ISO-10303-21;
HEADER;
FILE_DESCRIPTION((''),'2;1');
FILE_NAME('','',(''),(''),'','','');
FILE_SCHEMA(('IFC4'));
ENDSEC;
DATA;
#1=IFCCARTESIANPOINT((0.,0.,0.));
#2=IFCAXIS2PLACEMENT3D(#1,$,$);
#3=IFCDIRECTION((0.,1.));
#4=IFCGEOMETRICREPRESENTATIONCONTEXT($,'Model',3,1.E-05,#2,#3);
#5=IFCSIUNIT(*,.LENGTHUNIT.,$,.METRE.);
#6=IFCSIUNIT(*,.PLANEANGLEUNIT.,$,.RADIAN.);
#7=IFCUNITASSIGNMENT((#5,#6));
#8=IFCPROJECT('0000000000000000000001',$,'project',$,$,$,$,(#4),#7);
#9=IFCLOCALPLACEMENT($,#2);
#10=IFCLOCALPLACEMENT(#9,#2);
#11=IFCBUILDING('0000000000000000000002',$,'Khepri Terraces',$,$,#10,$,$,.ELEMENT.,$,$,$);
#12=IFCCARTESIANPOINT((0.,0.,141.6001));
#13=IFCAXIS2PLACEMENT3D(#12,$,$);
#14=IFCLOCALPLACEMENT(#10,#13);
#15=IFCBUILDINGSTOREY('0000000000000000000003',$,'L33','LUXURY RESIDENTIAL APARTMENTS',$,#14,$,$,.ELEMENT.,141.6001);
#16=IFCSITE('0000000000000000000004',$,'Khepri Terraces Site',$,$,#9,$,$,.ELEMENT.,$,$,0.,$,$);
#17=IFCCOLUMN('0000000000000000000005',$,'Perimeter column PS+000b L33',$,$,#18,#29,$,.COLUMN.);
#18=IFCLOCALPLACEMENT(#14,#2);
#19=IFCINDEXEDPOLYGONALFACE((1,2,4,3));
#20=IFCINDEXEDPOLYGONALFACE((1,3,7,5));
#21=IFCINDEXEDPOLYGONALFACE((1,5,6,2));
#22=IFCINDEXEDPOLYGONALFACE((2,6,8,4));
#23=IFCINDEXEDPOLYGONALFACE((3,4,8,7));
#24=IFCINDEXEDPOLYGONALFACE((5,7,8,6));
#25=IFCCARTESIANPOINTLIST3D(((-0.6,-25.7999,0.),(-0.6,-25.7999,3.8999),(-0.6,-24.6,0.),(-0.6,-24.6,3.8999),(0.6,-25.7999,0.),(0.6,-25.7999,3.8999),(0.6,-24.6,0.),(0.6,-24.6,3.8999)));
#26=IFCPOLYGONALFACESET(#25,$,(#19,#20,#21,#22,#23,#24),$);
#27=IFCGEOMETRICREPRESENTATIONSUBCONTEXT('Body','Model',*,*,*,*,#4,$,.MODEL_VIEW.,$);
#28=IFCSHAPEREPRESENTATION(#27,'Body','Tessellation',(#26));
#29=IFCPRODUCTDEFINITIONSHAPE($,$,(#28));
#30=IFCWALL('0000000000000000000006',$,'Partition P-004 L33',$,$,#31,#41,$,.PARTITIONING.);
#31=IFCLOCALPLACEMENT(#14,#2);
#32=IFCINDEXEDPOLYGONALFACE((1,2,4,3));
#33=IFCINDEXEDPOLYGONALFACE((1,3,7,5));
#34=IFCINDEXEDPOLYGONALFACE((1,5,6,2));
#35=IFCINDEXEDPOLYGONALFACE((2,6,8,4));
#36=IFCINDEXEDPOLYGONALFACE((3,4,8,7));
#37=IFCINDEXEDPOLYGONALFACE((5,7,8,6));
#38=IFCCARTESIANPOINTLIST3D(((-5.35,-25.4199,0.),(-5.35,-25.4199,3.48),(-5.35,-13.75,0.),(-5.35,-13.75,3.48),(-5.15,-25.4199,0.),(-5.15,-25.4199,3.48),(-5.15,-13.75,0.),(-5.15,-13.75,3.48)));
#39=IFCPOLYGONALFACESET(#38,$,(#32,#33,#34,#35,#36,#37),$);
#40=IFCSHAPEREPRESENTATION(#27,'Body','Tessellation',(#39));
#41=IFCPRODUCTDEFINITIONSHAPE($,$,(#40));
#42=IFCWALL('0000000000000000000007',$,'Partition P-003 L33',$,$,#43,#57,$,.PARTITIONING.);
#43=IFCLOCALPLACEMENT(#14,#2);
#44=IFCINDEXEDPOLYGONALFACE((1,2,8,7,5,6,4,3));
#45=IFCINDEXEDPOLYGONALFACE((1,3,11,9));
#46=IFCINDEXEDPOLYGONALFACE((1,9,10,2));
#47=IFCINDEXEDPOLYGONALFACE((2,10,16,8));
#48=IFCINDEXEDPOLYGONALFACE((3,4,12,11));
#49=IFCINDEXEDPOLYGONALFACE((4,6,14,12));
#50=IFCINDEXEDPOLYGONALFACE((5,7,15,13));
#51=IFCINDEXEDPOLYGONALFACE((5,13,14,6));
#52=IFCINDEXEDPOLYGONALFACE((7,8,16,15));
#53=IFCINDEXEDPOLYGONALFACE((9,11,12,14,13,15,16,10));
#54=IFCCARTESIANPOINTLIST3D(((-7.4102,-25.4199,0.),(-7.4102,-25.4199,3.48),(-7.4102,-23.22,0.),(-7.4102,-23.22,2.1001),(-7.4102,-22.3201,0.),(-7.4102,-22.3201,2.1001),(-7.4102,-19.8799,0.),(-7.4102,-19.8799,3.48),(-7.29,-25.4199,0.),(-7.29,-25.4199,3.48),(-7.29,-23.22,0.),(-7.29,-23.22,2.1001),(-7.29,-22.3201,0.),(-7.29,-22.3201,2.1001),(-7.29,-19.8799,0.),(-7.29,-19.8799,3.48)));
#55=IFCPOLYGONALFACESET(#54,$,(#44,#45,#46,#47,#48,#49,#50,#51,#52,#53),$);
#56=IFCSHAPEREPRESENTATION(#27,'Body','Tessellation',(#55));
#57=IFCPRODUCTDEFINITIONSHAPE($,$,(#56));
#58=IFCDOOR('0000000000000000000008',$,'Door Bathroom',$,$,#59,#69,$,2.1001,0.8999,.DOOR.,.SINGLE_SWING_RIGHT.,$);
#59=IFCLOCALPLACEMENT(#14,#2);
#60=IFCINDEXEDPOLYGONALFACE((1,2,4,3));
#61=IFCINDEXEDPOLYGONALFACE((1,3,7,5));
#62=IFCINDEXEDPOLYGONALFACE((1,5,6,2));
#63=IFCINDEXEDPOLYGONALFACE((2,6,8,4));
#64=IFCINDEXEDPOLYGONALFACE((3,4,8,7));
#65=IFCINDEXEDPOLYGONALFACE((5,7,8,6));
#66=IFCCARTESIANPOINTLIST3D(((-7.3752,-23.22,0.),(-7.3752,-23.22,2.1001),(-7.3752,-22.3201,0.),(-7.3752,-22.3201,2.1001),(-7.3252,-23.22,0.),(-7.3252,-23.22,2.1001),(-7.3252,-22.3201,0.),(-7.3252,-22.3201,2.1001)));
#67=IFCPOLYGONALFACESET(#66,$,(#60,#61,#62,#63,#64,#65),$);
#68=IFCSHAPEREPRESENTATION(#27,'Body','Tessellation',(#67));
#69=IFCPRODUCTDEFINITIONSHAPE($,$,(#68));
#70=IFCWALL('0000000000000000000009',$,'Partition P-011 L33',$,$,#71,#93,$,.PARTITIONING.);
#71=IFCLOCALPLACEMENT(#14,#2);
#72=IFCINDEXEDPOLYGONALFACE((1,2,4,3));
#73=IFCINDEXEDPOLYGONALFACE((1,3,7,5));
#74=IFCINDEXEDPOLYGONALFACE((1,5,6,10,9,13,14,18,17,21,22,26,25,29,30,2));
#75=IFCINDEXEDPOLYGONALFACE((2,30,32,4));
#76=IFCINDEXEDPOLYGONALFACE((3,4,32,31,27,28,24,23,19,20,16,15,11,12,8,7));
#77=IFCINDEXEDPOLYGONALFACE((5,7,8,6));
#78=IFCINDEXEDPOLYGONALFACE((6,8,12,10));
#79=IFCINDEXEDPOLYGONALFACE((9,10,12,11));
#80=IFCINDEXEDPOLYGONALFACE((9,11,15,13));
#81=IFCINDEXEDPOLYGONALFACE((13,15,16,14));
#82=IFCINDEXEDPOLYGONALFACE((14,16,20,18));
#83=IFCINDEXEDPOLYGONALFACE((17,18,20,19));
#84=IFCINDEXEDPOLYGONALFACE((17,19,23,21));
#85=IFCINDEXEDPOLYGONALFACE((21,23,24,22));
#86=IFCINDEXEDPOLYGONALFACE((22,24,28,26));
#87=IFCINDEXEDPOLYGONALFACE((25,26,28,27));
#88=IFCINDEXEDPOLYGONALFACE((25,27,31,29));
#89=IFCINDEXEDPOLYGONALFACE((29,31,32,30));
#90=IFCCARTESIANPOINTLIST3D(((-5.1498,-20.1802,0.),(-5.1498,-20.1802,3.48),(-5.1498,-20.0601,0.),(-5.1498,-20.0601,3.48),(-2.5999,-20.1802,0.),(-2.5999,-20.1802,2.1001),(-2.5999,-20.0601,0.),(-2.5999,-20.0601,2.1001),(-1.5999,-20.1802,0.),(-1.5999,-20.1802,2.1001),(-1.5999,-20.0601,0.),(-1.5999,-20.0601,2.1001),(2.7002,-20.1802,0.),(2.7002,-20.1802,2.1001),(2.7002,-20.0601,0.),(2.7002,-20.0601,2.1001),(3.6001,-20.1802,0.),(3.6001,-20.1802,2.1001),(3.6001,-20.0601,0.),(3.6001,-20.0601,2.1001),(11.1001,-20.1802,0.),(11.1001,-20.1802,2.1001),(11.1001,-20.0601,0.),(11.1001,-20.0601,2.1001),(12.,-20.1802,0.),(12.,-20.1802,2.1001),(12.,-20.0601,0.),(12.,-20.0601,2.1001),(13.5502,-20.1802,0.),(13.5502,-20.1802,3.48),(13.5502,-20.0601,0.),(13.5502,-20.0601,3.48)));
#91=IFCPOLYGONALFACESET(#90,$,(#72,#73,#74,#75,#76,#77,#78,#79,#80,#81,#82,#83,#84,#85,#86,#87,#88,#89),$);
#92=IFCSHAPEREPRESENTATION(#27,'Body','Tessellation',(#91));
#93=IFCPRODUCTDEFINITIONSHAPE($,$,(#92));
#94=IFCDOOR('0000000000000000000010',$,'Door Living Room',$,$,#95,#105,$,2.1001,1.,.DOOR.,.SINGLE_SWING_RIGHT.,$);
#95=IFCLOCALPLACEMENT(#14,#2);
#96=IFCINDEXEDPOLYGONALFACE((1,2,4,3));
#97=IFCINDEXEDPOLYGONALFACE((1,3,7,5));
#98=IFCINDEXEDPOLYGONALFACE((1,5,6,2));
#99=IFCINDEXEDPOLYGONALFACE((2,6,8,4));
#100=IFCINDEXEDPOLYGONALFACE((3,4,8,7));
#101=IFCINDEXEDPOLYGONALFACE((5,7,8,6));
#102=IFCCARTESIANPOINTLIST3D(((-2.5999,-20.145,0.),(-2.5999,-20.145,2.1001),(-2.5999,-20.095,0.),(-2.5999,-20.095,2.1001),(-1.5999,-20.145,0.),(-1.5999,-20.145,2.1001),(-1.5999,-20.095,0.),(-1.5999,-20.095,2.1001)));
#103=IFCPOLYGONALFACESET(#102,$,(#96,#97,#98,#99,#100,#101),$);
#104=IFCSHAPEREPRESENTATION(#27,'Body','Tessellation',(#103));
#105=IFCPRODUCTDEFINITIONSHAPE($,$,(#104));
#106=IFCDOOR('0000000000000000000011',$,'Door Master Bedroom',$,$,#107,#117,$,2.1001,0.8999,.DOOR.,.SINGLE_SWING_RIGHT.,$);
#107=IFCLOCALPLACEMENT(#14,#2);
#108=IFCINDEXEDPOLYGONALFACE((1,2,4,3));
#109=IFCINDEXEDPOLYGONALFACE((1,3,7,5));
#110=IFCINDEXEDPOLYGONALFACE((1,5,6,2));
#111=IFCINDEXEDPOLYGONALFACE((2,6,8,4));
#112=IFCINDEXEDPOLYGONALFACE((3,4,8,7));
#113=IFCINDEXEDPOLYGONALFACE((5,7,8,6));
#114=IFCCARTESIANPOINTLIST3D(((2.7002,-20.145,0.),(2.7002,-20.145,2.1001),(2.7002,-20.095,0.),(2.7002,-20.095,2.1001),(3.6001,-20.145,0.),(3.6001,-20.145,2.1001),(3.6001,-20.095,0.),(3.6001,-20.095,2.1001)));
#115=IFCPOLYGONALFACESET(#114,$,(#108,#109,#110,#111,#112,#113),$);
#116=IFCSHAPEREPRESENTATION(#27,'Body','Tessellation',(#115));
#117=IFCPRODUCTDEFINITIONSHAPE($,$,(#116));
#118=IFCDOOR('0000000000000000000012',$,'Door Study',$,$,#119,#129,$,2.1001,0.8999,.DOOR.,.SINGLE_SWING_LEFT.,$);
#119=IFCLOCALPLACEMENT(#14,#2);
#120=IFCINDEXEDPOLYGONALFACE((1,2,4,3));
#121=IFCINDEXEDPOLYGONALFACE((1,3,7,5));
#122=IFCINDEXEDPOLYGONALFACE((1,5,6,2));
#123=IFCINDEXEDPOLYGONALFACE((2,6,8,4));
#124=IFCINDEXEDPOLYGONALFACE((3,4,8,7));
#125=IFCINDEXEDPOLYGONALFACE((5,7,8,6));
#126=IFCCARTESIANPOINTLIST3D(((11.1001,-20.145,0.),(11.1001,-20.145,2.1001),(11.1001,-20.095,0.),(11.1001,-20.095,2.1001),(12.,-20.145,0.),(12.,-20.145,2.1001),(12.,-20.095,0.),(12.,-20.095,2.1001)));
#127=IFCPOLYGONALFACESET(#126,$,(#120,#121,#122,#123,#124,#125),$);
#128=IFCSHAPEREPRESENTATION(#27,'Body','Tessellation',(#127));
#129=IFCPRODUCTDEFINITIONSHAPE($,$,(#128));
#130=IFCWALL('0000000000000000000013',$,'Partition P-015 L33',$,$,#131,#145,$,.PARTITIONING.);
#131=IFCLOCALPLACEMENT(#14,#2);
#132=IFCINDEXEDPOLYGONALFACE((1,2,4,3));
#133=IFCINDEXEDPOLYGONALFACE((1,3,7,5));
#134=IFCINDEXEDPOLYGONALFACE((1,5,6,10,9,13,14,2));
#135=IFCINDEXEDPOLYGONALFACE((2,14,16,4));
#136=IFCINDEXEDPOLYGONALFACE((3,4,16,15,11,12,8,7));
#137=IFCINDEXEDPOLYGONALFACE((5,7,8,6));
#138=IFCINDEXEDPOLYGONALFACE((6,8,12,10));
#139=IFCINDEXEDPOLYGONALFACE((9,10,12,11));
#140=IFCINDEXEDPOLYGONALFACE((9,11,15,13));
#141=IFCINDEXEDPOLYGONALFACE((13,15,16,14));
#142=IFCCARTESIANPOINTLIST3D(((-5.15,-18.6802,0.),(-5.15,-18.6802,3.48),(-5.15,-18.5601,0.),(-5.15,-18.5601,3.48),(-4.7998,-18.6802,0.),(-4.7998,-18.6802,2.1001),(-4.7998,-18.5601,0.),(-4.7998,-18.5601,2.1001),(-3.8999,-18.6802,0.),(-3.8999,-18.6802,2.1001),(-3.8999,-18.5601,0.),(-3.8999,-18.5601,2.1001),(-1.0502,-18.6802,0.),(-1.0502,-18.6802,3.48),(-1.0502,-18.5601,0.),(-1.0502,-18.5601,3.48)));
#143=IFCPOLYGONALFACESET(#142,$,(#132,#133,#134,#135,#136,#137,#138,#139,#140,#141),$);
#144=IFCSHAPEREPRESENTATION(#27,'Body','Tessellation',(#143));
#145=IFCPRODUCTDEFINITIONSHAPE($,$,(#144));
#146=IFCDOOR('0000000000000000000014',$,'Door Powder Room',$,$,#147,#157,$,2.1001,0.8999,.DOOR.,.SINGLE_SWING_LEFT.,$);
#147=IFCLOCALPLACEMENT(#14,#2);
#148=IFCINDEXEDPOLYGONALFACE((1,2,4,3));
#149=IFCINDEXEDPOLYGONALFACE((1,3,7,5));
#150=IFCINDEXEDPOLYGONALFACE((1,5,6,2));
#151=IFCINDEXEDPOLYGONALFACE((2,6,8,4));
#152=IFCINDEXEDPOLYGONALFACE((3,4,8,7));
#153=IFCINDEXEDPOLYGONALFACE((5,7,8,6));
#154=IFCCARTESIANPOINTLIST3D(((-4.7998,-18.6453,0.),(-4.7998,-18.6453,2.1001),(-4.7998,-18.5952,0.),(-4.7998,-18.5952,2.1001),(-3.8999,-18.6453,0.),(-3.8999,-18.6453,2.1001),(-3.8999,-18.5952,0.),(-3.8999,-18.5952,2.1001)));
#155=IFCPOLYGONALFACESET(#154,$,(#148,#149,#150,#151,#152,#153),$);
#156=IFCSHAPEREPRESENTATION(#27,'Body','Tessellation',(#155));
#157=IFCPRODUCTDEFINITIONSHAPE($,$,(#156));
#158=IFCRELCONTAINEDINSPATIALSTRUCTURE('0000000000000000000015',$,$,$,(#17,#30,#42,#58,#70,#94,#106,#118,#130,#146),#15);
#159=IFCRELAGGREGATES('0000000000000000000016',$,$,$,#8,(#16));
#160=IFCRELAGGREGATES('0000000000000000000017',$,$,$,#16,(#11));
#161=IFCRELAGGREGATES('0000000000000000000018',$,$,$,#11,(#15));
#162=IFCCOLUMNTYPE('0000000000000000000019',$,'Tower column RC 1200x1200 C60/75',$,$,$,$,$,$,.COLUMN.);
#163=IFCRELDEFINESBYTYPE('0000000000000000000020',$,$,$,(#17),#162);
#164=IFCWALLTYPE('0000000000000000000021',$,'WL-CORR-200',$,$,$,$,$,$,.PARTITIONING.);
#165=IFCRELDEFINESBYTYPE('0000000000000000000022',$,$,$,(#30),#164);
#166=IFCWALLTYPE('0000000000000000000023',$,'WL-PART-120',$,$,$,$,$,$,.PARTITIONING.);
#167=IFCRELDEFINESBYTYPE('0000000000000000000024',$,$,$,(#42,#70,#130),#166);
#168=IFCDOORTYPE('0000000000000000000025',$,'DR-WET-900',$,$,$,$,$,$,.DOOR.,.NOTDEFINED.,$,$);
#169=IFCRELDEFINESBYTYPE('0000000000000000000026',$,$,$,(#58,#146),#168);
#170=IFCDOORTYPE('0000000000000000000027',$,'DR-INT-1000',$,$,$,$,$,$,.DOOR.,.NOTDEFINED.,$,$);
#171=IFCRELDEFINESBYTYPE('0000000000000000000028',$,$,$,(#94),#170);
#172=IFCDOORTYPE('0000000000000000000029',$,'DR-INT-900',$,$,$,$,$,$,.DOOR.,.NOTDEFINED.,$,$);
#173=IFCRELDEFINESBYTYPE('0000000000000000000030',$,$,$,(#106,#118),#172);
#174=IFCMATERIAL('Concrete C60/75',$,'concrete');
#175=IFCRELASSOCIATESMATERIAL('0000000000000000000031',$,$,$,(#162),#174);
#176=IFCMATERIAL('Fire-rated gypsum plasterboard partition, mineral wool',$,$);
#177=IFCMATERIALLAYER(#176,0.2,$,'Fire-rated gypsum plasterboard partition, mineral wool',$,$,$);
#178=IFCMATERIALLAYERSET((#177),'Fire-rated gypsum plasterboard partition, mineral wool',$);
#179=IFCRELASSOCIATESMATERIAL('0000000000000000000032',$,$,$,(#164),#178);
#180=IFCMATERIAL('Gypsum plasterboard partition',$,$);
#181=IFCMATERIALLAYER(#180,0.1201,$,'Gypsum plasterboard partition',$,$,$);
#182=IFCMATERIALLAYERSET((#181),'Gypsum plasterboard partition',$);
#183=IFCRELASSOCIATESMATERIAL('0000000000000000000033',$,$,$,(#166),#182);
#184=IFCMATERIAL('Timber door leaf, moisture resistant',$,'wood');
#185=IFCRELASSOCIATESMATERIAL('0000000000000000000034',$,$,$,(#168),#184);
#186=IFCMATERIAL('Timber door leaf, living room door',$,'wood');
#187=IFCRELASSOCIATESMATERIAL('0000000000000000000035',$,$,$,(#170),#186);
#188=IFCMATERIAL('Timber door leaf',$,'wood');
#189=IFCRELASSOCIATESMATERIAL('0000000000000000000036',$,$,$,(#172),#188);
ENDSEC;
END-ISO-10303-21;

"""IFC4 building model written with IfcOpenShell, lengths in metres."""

from ifc_helpers import new_model, si_unit, direction, frame, frame_2d, origin, origin_2d, place, context, subcontext, project, spatial, rectangle, extrude, material, layer, layer_set, material_profile, profile_set, type_object, element, fill, save


model = new_model("IFC4")

# Units and contexts
model_context = context("Model", 3, precision=1e-05, world=origin(), true_north=direction((0.0, 1.0)))
body_context = subcontext(model_context, "Body", "Model", "MODEL_VIEW")
ifc_project = project(units=[si_unit("LENGTHUNIT", "METRE"), si_unit("PLANEANGLEUNIT", "RADIAN")], contexts=[model_context])

# Site, building, storey
site_placement = place(None, origin())
site = spatial("IfcSite", under=ifc_project, at=site_placement, Name="Khepri Terraces Site", CompositionType="ELEMENT", RefElevation=0.0)
building_placement = place(site_placement, origin())
building = spatial("IfcBuilding", under=site, at=building_placement, Name="Khepri Terraces", CompositionType="ELEMENT")
storey_placement = place(building_placement, frame((0.0, 0.0, 141.6001)))
storey = spatial("IfcBuildingStorey", under=building, at=storey_placement, Name="L33", Description="LUXURY RESIDENTIAL APARTMENTS", CompositionType="ELEMENT", Elevation=141.6001)

# Column
ifc_material_1 = material(Name="Concrete C60/75", Category="concrete")
ifc_material_profile = material_profile(ifc_material_1, rectangle(XDim=1.2, YDim=1.2, at=origin_2d()), Name="Concrete C60/75", Category="concrete")
ifc_profile_set = profile_set([ifc_material_profile], Name="Concrete C60/75")
column_type = type_object("IfcColumnType", Name="Tower column RC 1200x1200 C60/75", PredefinedType="COLUMN", material=ifc_profile_set)
column_placement = place(storey_placement, frame((0.0, -25.2, 0.0), z_axis=(0.0, 0.0, 1.0), x_axis=(1.0, 0.0, 0.0)))
element("IfcColumn", 1, at=column_placement, inside=storey, type_object=column_type, Name="Perimeter column PS+000b L33", PredefinedType="COLUMN", context=body_context, shape_type="SweptSolid", body=[
    extrude(rectangle(XDim=1.2, YDim=1.2, at=origin_2d()), origin(), (0.0, 0.0, 1.0), 3.8999),
])

# Wall
ifc_material_2 = material(Name="Fire-rated gypsum plasterboard partition, mineral wool")
ifc_layer_1 = layer(ifc_material_2, 0.2, Name="Fire-rated gypsum plasterboard partition, mineral wool")
ifc_layer_set_1 = layer_set([ifc_layer_1], Name="Fire-rated gypsum plasterboard partition, mineral wool")
wall_type_1 = type_object("IfcWallType", Name="WL-CORR-200", PredefinedType="PARTITIONING", material=ifc_layer_set_1)
wall_1_placement = place(storey_placement, frame((-5.25, -25.4199, 0.0), z_axis=(0.0, 0.0, 1.0), x_axis=(0.0, 1.0, 0.0)))
element("IfcWall", 2, at=wall_1_placement, inside=storey, type_object=wall_type_1, Name="Partition P-004 L33", PredefinedType="PARTITIONING", context=body_context, shape_type="SweptSolid", body=[
    extrude(rectangle(XDim=11.6699, YDim=0.2, at=frame_2d((5.835, 0.0))), origin(), (0.0, 0.0, 1.0), 3.48),
])

# Wall, opening, door
ifc_material_3 = material(Name="Gypsum plasterboard partition")
ifc_layer_2 = layer(ifc_material_3, 0.1201, Name="Gypsum plasterboard partition")
ifc_layer_set_2 = layer_set([ifc_layer_2], Name="Gypsum plasterboard partition")
wall_type_2 = type_object("IfcWallType", Name="WL-PART-120", PredefinedType="PARTITIONING", material=ifc_layer_set_2)
wall_2_placement = place(storey_placement, frame((-7.3501, -25.4199, 0.0), z_axis=(0.0, 0.0, 1.0), x_axis=(0.0, 1.0, 0.0)))
wall_2 = element("IfcWall", 3, at=wall_2_placement, inside=storey, type_object=wall_type_2, Name="Partition P-003 L33", PredefinedType="PARTITIONING", context=body_context, shape_type="SweptSolid", body=[
    extrude(rectangle(XDim=5.54, YDim=0.1201, at=frame_2d((2.77, 0.0))), origin(), (0.0, 0.0, 1.0), 3.48),
])
opening_1_placement = place(wall_2_placement, frame((2.2, 0.0, 0.0)))
opening_1 = element("IfcOpeningElement", 4, at=opening_1_placement, cuts=wall_2, PredefinedType="OPENING", context=body_context, shape_type="SweptSolid", body=[
    extrude(rectangle(XDim=0.8999, YDim=2.1001, at=frame_2d((0.45, 1.05))), frame((0.0, 0.0701, 0.0), z_axis=(0.0, -1.0, 0.0), x_axis=(1.0, 0.0, 0.0)), (0.0, 0.0, 1.0), 0.1401),
])
ifc_material_4 = material(Name="Timber door leaf, moisture resistant", Category="wood")
door_type_1 = type_object("IfcDoorType", Name="DR-WET-900", OperationType="NOTDEFINED", PredefinedType="DOOR", material=ifc_material_4)
door_1_placement = place(opening_1_placement, frame((0.8999, 0.0, 0.0), z_axis=(0.0, 0.0, 1.0), x_axis=(-1.0, 0.0, 0.0)))
door_1 = element("IfcDoor", 5, at=door_1_placement, inside=storey, type_object=door_type_1, Name="Door Bathroom", OperationType="SINGLE_SWING_RIGHT", OverallHeight=2.1001, OverallWidth=0.8999, PredefinedType="DOOR", context=body_context, shape_type="SweptSolid", body=[
    extrude(rectangle(XDim=0.8999, YDim=2.1001, at=frame_2d((0.45, 1.05))), frame((0.0, 0.0249, 0.0), z_axis=(0.0, -1.0, 0.0), x_axis=(1.0, 0.0, 0.0)), (0.0, 0.0, 1.0), 0.05),
])
fill(opening_1, door_1)

# Wall, openings, doors
wall_3_placement = place(storey_placement, frame((-5.1499, -20.1201, 0.0), z_axis=(0.0, 0.0, 1.0), x_axis=(1.0, 0.0, 0.0)))
wall_3 = element("IfcWall", 6, at=wall_3_placement, inside=storey, type_object=wall_type_2, Name="Partition P-011 L33", PredefinedType="PARTITIONING", context=body_context, shape_type="SweptSolid", body=[
    extrude(rectangle(XDim=18.7, YDim=0.1201, at=frame_2d((9.3501, 0.0))), origin(), (0.0, 0.0, 1.0), 3.48),
])
opening_2_placement = place(wall_3_placement, frame((2.55, 0.0, 0.0)))
opening_2 = element("IfcOpeningElement", 7, at=opening_2_placement, cuts=wall_3, PredefinedType="OPENING", context=body_context, shape_type="SweptSolid", body=[
    extrude(rectangle(XDim=1.0, YDim=2.1001, at=frame_2d((0.5, 1.05))), frame((0.0, 0.0701, 0.0), z_axis=(0.0, -1.0, 0.0), x_axis=(1.0, 0.0, 0.0)), (0.0, 0.0, 1.0), 0.1401),
])
opening_3_placement = place(wall_3_placement, frame((7.8501, 0.0, 0.0)))
opening_3 = element("IfcOpeningElement", 8, at=opening_3_placement, cuts=wall_3, PredefinedType="OPENING", context=body_context, shape_type="SweptSolid", body=[
    extrude(rectangle(XDim=0.8999, YDim=2.1001, at=frame_2d((0.45, 1.05))), frame((0.0, 0.0701, 0.0), z_axis=(0.0, -1.0, 0.0), x_axis=(1.0, 0.0, 0.0)), (0.0, 0.0, 1.0), 0.1401),
])
opening_4_placement = place(wall_3_placement, frame((16.25, 0.0, 0.0)))
opening_4 = element("IfcOpeningElement", 9, at=opening_4_placement, cuts=wall_3, PredefinedType="OPENING", context=body_context, shape_type="SweptSolid", body=[
    extrude(rectangle(XDim=0.8999, YDim=2.1001, at=frame_2d((0.45, 1.05))), frame((0.0, 0.0701, 0.0), z_axis=(0.0, -1.0, 0.0), x_axis=(1.0, 0.0, 0.0)), (0.0, 0.0, 1.0), 0.1401),
])
ifc_material_5 = material(Name="Timber door leaf, living room door", Category="wood")
door_type_2 = type_object("IfcDoorType", Name="DR-INT-1000", OperationType="NOTDEFINED", PredefinedType="DOOR", material=ifc_material_5)
door_2_placement = place(opening_2_placement, frame((1.0, 0.0, 0.0), z_axis=(0.0, 0.0, 1.0), x_axis=(-1.0, 0.0, 0.0)))
door_2 = element("IfcDoor", 10, at=door_2_placement, inside=storey, type_object=door_type_2, Name="Door Living Room", OperationType="SINGLE_SWING_RIGHT", OverallHeight=2.1001, OverallWidth=1.0, PredefinedType="DOOR", context=body_context, shape_type="SweptSolid", body=[
    extrude(rectangle(XDim=1.0, YDim=2.1001, at=frame_2d((0.5, 1.05))), frame((0.0, 0.0249, 0.0), z_axis=(0.0, -1.0, 0.0), x_axis=(1.0, 0.0, 0.0)), (0.0, 0.0, 1.0), 0.05),
])
fill(opening_2, door_2)
ifc_material_6 = material(Name="Timber door leaf", Category="wood")
door_type_3 = type_object("IfcDoorType", Name="DR-INT-900", OperationType="NOTDEFINED", PredefinedType="DOOR", material=ifc_material_6)
door_3_placement = place(opening_3_placement, frame((0.8999, 0.0, 0.0), z_axis=(0.0, 0.0, 1.0), x_axis=(-1.0, 0.0, 0.0)))
door_3 = element("IfcDoor", 11, at=door_3_placement, inside=storey, type_object=door_type_3, Name="Door Master Bedroom", OperationType="SINGLE_SWING_RIGHT", OverallHeight=2.1001, OverallWidth=0.8999, PredefinedType="DOOR", context=body_context, shape_type="SweptSolid", body=[
    extrude(rectangle(XDim=0.8999, YDim=2.1001, at=frame_2d((0.45, 1.05))), frame((0.0, 0.0249, 0.0), z_axis=(0.0, -1.0, 0.0), x_axis=(1.0, 0.0, 0.0)), (0.0, 0.0, 1.0), 0.05),
])
fill(opening_3, door_3)
door_4_placement = place(opening_4_placement, frame((0.8999, 0.0, 0.0), z_axis=(0.0, 0.0, 1.0), x_axis=(-1.0, 0.0, 0.0)))
door_4 = element("IfcDoor", 12, at=door_4_placement, inside=storey, type_object=door_type_3, Name="Door Study", OperationType="SINGLE_SWING_LEFT", OverallHeight=2.1001, OverallWidth=0.8999, PredefinedType="DOOR", context=body_context, shape_type="SweptSolid", body=[
    extrude(rectangle(XDim=0.8999, YDim=2.1001, at=frame_2d((0.45, 1.05))), frame((0.0, 0.0249, 0.0), z_axis=(0.0, -1.0, 0.0), x_axis=(1.0, 0.0, 0.0)), (0.0, 0.0, 1.0), 0.05),
])
fill(opening_4, door_4)

# Wall, opening, door
wall_4_placement = place(storey_placement, frame((-5.1499, -18.6201, 0.0), z_axis=(0.0, 0.0, 1.0), x_axis=(1.0, 0.0, 0.0)))
wall_4 = element("IfcWall", 13, at=wall_4_placement, inside=storey, type_object=wall_type_2, Name="Partition P-015 L33", PredefinedType="PARTITIONING", context=body_context, shape_type="SweptSolid", body=[
    extrude(rectangle(XDim=4.0999, YDim=0.1201, at=frame_2d((2.0498, 0.0))), origin(), (0.0, 0.0, 1.0), 3.48),
])
opening_5_placement = place(wall_4_placement, frame((0.3501, 0.0, 0.0)))
opening_5 = element("IfcOpeningElement", 14, at=opening_5_placement, cuts=wall_4, PredefinedType="OPENING", context=body_context, shape_type="SweptSolid", body=[
    extrude(rectangle(XDim=0.8999, YDim=2.1001, at=frame_2d((0.45, 1.05))), frame((0.0, 0.0701, 0.0), z_axis=(0.0, -1.0, 0.0), x_axis=(1.0, 0.0, 0.0)), (0.0, 0.0, 1.0), 0.1401),
])
door_5_placement = place(opening_5_placement, origin())
door_5 = element("IfcDoor", 15, at=door_5_placement, inside=storey, type_object=door_type_1, Name="Door Powder Room", OperationType="SINGLE_SWING_LEFT", OverallHeight=2.1001, OverallWidth=0.8999, PredefinedType="DOOR", context=body_context, shape_type="SweptSolid", body=[
    extrude(rectangle(XDim=0.8999, YDim=2.1001, at=frame_2d((0.45, 1.05))), frame((0.0, 0.0249, 0.0), z_axis=(0.0, -1.0, 0.0), x_axis=(1.0, 0.0, 0.0)), (0.0, 0.0, 1.0), 0.05),
])
fill(opening_5, door_5)

save(model, "model.ifc")
